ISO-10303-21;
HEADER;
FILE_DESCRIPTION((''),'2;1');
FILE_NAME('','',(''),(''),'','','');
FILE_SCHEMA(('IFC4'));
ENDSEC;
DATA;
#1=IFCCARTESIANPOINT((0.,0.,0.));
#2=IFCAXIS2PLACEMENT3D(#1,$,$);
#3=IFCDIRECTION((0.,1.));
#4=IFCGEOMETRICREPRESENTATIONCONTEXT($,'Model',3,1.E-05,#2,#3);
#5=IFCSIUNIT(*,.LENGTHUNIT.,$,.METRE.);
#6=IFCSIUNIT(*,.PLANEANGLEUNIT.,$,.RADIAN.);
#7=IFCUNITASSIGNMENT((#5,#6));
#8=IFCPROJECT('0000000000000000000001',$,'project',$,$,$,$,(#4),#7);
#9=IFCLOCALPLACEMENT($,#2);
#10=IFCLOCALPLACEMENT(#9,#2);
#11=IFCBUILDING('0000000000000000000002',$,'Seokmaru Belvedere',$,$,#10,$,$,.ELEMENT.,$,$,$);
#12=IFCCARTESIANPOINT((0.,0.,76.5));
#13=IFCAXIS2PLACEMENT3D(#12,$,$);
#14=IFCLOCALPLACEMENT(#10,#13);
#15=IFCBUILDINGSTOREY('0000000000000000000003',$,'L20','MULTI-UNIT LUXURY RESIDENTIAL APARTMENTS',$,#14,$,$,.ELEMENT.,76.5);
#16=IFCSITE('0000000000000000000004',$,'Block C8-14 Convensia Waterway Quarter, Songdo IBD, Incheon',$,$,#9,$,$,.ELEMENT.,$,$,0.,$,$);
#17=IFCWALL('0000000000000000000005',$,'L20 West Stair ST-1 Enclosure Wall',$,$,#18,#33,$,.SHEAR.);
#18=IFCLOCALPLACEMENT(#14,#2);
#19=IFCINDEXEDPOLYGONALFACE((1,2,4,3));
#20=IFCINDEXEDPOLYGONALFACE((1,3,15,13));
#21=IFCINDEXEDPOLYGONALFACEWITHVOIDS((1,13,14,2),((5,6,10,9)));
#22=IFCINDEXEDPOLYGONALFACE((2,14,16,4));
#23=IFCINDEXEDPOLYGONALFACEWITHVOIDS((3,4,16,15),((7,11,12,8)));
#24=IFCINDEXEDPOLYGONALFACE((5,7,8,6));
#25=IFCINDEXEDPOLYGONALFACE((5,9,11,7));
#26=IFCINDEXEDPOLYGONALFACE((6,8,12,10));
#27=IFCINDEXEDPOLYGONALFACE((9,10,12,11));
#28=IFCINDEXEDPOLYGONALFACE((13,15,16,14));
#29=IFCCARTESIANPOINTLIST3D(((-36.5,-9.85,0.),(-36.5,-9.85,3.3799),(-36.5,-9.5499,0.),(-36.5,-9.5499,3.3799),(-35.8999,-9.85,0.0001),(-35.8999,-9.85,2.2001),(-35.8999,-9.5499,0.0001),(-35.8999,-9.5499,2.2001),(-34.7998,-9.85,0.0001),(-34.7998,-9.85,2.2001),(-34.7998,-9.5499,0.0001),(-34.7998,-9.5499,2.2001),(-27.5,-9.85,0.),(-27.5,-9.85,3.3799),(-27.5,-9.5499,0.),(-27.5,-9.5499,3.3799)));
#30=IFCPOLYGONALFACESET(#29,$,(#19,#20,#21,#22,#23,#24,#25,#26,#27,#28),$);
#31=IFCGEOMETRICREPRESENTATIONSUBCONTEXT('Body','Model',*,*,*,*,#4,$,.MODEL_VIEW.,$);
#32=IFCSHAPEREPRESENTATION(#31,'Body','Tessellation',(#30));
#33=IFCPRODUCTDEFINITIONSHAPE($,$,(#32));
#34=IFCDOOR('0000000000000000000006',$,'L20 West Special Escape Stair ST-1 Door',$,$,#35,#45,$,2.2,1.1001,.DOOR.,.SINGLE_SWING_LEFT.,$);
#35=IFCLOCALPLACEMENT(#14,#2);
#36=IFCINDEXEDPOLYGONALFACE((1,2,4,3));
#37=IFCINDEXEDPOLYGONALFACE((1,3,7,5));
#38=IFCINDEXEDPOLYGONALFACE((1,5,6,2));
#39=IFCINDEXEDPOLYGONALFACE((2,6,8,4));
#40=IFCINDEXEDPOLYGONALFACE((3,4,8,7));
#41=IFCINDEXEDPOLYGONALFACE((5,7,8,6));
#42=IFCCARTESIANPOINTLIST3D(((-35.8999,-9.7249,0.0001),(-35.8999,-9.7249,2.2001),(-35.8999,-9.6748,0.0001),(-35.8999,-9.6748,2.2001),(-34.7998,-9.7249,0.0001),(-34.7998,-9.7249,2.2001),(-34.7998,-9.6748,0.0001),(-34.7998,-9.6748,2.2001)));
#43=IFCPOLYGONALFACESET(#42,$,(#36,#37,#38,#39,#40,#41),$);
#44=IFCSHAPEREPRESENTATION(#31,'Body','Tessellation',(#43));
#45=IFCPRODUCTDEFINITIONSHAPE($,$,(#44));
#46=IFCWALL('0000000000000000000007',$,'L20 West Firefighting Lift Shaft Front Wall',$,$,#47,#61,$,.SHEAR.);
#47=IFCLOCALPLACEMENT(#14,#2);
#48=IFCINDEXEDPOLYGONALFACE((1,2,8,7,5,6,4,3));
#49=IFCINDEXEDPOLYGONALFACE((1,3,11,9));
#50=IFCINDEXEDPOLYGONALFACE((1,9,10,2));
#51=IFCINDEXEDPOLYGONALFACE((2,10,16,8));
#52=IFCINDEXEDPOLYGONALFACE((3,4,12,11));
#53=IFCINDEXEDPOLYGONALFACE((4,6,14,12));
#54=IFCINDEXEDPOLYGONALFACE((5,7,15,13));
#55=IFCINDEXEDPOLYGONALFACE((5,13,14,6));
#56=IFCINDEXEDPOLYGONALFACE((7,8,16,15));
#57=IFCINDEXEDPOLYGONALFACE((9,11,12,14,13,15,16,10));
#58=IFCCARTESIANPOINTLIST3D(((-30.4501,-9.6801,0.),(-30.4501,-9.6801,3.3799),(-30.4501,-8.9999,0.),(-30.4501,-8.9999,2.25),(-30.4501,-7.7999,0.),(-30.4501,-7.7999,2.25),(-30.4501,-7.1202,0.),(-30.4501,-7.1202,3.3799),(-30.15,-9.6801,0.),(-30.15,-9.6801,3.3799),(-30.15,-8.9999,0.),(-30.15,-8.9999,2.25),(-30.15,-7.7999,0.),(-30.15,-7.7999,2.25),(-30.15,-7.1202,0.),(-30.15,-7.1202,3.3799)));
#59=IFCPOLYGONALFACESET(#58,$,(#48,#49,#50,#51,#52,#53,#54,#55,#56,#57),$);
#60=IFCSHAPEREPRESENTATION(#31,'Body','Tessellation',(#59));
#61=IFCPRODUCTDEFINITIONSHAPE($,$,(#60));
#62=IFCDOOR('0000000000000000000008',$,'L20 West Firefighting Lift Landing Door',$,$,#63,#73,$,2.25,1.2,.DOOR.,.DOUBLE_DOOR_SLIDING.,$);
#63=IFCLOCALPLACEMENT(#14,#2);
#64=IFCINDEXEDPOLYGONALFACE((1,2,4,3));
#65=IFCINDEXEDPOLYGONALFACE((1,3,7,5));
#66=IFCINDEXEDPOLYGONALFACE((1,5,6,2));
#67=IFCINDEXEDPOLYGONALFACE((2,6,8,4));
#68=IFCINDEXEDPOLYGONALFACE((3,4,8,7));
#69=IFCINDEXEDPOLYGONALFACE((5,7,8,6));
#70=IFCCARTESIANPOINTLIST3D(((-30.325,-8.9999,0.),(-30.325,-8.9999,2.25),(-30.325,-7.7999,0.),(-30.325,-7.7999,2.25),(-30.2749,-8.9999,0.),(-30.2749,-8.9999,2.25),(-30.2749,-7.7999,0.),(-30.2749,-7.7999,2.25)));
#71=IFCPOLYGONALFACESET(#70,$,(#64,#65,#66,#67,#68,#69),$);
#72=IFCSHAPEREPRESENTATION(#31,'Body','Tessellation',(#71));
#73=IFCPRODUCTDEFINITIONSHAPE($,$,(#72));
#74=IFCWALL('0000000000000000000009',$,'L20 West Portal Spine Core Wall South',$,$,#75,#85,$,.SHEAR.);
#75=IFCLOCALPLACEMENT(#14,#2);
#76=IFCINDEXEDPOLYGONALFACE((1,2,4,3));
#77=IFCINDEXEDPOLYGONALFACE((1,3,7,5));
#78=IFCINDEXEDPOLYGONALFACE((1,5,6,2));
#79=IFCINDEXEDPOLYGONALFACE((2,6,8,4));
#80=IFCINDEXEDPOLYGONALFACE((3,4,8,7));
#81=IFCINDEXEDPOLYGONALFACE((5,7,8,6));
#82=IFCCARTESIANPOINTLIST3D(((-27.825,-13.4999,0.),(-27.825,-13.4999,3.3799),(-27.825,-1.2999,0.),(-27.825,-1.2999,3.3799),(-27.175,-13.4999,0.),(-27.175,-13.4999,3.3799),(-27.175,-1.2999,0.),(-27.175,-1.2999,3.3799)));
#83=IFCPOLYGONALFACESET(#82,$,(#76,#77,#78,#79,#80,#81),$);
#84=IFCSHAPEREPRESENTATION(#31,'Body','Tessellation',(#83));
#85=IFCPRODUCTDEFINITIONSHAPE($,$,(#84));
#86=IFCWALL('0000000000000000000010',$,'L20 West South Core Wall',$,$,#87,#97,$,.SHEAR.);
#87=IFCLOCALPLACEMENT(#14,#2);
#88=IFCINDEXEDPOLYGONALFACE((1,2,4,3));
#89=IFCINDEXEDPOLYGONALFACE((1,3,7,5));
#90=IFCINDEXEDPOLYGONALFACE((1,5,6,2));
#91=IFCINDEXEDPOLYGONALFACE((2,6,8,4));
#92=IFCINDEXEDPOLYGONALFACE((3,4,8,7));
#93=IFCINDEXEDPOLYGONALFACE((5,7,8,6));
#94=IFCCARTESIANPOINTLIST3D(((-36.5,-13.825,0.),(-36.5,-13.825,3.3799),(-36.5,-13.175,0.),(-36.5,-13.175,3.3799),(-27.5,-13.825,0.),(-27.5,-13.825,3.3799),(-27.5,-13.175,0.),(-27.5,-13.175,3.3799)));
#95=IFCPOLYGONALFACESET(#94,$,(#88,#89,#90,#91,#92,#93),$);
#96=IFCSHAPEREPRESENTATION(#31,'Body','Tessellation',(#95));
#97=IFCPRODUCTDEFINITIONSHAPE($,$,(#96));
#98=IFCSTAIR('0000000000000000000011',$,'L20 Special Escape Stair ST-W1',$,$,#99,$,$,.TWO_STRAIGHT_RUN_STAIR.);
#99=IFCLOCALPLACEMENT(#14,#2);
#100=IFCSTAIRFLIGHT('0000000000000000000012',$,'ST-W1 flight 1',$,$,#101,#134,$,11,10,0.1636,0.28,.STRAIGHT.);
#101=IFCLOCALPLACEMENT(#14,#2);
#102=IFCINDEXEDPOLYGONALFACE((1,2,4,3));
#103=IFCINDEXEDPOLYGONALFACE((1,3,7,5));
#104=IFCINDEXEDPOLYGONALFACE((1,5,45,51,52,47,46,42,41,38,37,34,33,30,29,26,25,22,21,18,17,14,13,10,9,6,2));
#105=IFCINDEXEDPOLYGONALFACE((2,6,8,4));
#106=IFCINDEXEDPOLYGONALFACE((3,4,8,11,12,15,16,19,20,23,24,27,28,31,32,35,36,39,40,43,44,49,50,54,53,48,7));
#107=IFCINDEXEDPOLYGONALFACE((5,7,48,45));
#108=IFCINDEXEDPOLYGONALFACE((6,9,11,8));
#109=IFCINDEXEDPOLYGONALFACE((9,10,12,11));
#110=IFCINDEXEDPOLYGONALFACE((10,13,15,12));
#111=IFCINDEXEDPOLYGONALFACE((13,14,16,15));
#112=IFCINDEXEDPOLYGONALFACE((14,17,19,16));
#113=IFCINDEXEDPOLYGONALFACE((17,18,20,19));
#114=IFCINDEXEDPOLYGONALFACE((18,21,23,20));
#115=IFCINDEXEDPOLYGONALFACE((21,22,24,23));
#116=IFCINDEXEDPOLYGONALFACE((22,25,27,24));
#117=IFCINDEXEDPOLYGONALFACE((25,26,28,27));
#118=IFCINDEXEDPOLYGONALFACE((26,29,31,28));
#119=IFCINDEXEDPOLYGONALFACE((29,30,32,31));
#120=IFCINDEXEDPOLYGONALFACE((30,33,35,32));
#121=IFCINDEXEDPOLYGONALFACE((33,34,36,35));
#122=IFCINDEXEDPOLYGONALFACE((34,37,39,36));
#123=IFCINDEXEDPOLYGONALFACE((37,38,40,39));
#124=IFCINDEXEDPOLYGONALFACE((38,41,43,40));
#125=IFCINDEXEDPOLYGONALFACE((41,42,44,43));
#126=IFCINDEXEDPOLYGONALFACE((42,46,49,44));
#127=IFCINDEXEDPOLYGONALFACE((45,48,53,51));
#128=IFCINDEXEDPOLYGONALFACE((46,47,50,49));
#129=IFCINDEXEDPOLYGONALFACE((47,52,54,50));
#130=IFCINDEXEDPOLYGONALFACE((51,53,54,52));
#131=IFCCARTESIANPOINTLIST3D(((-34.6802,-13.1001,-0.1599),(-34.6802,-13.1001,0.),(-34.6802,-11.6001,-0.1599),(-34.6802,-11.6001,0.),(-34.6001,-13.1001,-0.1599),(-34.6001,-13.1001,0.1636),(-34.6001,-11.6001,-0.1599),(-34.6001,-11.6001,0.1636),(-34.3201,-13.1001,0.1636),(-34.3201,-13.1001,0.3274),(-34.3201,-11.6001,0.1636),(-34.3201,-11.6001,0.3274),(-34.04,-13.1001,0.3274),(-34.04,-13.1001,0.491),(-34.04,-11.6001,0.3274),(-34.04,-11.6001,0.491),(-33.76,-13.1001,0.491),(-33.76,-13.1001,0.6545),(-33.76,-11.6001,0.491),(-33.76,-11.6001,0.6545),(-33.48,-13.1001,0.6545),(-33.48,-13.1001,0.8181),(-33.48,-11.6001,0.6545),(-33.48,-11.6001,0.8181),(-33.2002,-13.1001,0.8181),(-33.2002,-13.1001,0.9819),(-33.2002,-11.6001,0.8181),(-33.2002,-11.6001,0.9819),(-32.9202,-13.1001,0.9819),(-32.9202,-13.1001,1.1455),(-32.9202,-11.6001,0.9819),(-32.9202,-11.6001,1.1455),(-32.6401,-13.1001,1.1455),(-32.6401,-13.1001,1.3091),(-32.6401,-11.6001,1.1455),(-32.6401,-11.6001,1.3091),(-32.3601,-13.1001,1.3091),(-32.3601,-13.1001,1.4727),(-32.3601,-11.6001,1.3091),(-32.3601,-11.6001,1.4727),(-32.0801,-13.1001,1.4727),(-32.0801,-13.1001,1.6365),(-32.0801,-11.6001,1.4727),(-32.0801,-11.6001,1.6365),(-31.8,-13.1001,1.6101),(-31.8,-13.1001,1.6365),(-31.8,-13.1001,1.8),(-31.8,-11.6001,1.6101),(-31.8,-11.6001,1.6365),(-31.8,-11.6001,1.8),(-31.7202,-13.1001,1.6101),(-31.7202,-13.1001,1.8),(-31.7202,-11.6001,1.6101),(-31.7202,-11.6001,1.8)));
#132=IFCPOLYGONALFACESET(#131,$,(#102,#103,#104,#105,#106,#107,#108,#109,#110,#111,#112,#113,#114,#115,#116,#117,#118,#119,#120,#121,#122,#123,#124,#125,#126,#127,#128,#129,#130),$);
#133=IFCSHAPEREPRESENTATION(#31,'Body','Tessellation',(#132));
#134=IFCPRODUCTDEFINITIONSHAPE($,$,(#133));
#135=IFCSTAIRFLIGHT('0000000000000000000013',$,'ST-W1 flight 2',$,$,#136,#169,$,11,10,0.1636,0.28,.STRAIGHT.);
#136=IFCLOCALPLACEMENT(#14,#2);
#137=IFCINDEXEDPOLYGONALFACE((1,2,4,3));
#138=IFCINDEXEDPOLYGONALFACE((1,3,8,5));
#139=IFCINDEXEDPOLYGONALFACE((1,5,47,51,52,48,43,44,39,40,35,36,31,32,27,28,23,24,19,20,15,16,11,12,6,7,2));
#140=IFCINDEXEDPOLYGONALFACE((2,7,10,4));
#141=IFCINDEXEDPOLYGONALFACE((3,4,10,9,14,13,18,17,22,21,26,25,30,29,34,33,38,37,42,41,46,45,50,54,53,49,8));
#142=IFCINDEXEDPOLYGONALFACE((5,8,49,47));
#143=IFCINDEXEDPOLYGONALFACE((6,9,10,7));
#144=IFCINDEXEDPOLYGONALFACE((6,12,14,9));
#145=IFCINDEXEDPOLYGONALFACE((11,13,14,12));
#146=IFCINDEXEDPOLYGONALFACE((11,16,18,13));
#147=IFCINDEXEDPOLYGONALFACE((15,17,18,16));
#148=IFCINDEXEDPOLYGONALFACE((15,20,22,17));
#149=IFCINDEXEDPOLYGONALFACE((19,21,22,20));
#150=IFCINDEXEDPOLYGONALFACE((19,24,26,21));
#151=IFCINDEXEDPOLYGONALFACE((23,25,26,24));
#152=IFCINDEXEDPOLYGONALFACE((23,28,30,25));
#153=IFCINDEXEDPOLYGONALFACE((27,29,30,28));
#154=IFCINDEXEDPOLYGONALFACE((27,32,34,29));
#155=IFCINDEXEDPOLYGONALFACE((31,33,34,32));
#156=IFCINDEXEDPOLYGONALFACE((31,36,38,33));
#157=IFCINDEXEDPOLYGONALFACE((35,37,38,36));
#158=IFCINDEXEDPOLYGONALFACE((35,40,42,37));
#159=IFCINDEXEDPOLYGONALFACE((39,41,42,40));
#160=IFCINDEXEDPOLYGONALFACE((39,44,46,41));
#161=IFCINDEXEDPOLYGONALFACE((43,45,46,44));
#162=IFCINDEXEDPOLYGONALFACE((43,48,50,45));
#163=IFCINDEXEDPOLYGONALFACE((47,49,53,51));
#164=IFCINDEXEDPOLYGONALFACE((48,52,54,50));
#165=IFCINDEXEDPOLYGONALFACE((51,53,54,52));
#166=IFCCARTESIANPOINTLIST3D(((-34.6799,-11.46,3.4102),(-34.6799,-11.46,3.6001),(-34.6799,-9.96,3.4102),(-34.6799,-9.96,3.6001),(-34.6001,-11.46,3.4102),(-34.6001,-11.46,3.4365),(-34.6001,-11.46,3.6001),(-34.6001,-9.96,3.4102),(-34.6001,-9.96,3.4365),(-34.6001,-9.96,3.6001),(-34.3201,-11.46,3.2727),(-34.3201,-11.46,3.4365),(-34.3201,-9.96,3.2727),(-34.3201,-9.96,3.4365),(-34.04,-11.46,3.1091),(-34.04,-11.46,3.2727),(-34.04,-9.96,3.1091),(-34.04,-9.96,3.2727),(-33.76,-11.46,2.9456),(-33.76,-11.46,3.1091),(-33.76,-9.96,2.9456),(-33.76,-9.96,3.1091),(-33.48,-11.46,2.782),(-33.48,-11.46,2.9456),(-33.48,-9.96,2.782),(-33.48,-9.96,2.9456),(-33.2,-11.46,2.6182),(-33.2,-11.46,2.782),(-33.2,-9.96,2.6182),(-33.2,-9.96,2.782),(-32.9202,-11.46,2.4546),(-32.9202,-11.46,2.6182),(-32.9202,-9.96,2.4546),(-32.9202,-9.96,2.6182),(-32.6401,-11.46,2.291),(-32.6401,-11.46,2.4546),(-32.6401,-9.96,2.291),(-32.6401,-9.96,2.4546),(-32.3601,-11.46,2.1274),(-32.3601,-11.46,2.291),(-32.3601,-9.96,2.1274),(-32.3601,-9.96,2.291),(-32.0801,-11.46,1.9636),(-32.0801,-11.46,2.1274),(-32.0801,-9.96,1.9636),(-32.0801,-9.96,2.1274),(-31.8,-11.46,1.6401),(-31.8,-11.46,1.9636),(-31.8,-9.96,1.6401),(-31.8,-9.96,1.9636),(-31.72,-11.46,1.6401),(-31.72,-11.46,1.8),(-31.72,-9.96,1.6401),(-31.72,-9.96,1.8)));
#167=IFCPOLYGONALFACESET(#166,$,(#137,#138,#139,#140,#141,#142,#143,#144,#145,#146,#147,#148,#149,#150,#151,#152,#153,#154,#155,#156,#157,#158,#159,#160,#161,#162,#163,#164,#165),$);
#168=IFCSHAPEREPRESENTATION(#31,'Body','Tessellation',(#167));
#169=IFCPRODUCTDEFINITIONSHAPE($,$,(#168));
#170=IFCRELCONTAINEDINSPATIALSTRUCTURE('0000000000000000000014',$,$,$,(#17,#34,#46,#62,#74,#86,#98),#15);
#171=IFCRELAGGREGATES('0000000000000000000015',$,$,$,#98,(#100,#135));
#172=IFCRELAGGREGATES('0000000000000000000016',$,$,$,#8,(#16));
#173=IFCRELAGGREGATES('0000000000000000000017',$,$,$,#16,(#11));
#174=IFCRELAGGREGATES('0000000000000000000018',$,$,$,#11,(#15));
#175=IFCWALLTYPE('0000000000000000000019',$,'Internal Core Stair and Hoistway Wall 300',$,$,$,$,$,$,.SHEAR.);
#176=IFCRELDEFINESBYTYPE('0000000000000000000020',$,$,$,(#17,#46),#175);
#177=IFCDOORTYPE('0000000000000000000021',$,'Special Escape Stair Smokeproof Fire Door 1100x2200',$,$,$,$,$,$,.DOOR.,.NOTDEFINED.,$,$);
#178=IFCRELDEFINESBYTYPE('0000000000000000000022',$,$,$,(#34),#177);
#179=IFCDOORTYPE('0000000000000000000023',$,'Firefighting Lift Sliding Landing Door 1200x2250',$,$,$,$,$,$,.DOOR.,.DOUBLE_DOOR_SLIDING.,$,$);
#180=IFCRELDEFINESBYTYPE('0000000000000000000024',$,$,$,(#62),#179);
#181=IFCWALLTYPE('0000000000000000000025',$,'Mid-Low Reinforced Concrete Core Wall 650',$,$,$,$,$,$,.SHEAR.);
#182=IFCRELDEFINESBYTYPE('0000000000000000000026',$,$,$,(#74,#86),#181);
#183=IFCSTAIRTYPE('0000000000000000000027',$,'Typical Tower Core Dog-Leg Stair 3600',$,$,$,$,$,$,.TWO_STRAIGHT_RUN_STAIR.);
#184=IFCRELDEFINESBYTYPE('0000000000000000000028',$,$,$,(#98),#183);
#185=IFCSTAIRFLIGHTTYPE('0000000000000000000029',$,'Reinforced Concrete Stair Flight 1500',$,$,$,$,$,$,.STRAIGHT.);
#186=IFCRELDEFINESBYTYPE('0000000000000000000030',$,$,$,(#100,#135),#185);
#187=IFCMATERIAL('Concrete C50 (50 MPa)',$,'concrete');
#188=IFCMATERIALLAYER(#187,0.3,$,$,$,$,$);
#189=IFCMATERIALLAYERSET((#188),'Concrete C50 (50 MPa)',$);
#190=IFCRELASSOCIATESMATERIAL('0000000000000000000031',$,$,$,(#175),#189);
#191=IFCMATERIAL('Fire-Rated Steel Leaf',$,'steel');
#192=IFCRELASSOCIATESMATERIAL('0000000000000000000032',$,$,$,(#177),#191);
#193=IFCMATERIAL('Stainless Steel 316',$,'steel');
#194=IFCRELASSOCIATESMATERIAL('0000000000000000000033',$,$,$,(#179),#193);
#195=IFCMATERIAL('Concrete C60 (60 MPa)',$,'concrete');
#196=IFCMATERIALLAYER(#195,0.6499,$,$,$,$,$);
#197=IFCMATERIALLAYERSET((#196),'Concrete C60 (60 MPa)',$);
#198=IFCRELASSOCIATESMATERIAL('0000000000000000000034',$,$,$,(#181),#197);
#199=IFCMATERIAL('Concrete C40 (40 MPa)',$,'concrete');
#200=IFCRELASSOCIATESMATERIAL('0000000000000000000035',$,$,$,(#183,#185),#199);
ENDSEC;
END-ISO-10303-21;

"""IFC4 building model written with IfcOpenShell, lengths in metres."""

from ifc_helpers import new_model, si_unit, direction, frame, frame_2d, origin, place, context, subcontext, project, spatial, polyline, rectangle, outline, extrude, source, transform, mapped, material, layer, layer_set, type_object, type_shapes, element, fill, aggregate, save


model = new_model("IFC4")

# Units and contexts
model_context = context("Model", 3, precision=1e-05, world=origin(), true_north=direction((0.0, 1.0)))
body_context = subcontext(model_context, "Body", "Model", "MODEL_VIEW")
ifc_project = project(units=[si_unit("LENGTHUNIT", "METRE"), si_unit("PLANEANGLEUNIT", "RADIAN")], contexts=[model_context])

# Site, building, storey
site_placement = place(None, origin())
site = spatial("IfcSite", under=ifc_project, at=site_placement, Name="Block C8-14 Convensia Waterway Quarter, Songdo IBD, Incheon", CompositionType="ELEMENT", RefElevation=0.0)
building_placement = place(site_placement, origin())
building = spatial("IfcBuilding", under=site, at=building_placement, Name="Seokmaru Belvedere", CompositionType="ELEMENT")
storey_placement = place(building_placement, frame((0.0, 0.0, 76.5)))
storey = spatial("IfcBuildingStorey", under=building, at=storey_placement, Name="L20", Description="MULTI-UNIT LUXURY RESIDENTIAL APARTMENTS", CompositionType="ELEMENT", Elevation=76.5)

# Shared definitions
ifc_material_1 = material(Name="Concrete C50 (50 MPa)", Category="concrete")

# Walls, openings, doors
ifc_layer_1 = layer(ifc_material_1, 0.3)
ifc_layer_set_1 = layer_set([ifc_layer_1], Name="Concrete C50 (50 MPa)")
wall_type_1 = type_object("IfcWallType", Name="Internal Core Stair and Hoistway Wall 300", PredefinedType="SHEAR", material=ifc_layer_set_1)
wall_1_placement = place(storey_placement, frame((-36.5, -9.7, 0.0), z_axis=(0.0, 0.0, 1.0), x_axis=(1.0, 0.0, 0.0)))
wall_1 = element("IfcWall", 1, at=wall_1_placement, inside=storey, type_object=wall_type_1, Name="L20 West Stair ST-1 Enclosure Wall", PredefinedType="SHEAR", context=body_context, shape_type="SweptSolid", body=[
    extrude(rectangle(XDim=9.0, YDim=0.3, at=frame_2d((4.5, 0.0))), origin(), (0.0, 0.0, 1.0), 3.3799),
])
opening_1_placement = place(wall_1_placement, frame((0.6001, 0.0, 0.0)))
opening_1 = element("IfcOpeningElement", 2, at=opening_1_placement, cuts=wall_1, PredefinedType="OPENING", context=body_context, shape_type="SweptSolid", body=[
    extrude(rectangle(XDim=1.1001, YDim=2.2, at=frame_2d((0.55, 1.1001))), frame((0.0, 0.1602, 0.0), z_axis=(0.0, -1.0, 0.0), x_axis=(1.0, 0.0, 0.0)), (0.0, 0.0, 1.0), 0.3201),
])
ifc_material_2 = material(Name="Fire-Rated Steel Leaf", Category="steel")
door_type_1 = type_object("IfcDoorType", Name="Special Escape Stair Smokeproof Fire Door 1100x2200", OperationType="NOTDEFINED", PredefinedType="DOOR", material=ifc_material_2)
shared_shape_1 = source(origin(), body_context, "Body", "SweptSolid", [
    extrude(rectangle(XDim=1.1001, YDim=2.2, at=frame_2d((0.55, 1.1001))), frame((0.0, 0.0249, 0.0), z_axis=(0.0, -1.0, 0.0), x_axis=(1.0, 0.0, 0.0)), (0.0, 0.0, 1.0), 0.05),
])
type_shapes(door_type_1, [shared_shape_1])
door_1_placement = place(opening_1_placement, frame((1.1001, 0.0, 0.0), z_axis=(0.0, 0.0, 1.0), x_axis=(-1.0, 0.0, 0.0)))
door_1 = element("IfcDoor", 3, at=door_1_placement, inside=storey, type_object=door_type_1, Name="L20 West Special Escape Stair ST-1 Door", OperationType="SINGLE_SWING_LEFT", OverallHeight=2.2, OverallWidth=1.1001, PredefinedType="DOOR", context=body_context, shape_type="MappedRepresentation", body=[
    mapped(shared_shape_1, transform((0.0, 0.0, 0.0), scale=1.0)),
])
fill(opening_1, door_1)
wall_2_placement = place(storey_placement, frame((-30.3, -9.6799, 0.0), z_axis=(0.0, 0.0, 1.0), x_axis=(0.0, 1.0, 0.0)))
wall_2 = element("IfcWall", 4, at=wall_2_placement, inside=storey, type_object=wall_type_1, Name="L20 West Firefighting Lift Shaft Front Wall", PredefinedType="SHEAR", context=body_context, shape_type="SweptSolid", body=[
    extrude(rectangle(XDim=2.5598, YDim=0.3, at=frame_2d((1.2798, 0.0))), origin(), (0.0, 0.0, 1.0), 3.3799),
])
opening_2_placement = place(wall_2_placement, frame((0.6799, 0.0, 0.0)))
opening_2 = element("IfcOpeningElement", 5, at=opening_2_placement, cuts=wall_2, PredefinedType="OPENING", context=body_context, shape_type="SweptSolid", body=[
    extrude(rectangle(XDim=1.2, YDim=2.25, at=frame_2d((0.6001, 1.125))), frame((0.0, 0.1602, 0.0), z_axis=(0.0, -1.0, 0.0), x_axis=(1.0, 0.0, 0.0)), (0.0, 0.0, 1.0), 0.3201),
])
ifc_material_3 = material(Name="Stainless Steel 316", Category="steel")
door_type_2 = type_object("IfcDoorType", Name="Firefighting Lift Sliding Landing Door 1200x2250", OperationType="DOUBLE_DOOR_SLIDING", PredefinedType="DOOR", material=ifc_material_3)
shared_shape_2 = source(origin(), body_context, "Body", "SweptSolid", [
    extrude(rectangle(XDim=1.2, YDim=2.25, at=frame_2d((0.6001, 1.125))), frame((0.0, 0.0249, 0.0), z_axis=(0.0, -1.0, 0.0), x_axis=(1.0, 0.0, 0.0)), (0.0, 0.0, 1.0), 0.05),
])
type_shapes(door_type_2, [shared_shape_2])
door_2_placement = place(opening_2_placement, origin())
door_2 = element("IfcDoor", 6, at=door_2_placement, inside=storey, type_object=door_type_2, Name="L20 West Firefighting Lift Landing Door", OperationType="DOUBLE_DOOR_SLIDING", OverallHeight=2.25, OverallWidth=1.2, PredefinedType="DOOR", context=body_context, shape_type="MappedRepresentation", body=[
    mapped(shared_shape_2, transform((0.0, 0.0, 0.0), scale=1.0)),
])
fill(opening_2, door_2)

# Walls
ifc_material_4 = material(Name="Concrete C60 (60 MPa)", Category="concrete")
ifc_layer_2 = layer(ifc_material_4, 0.6499)
ifc_layer_set_2 = layer_set([ifc_layer_2], Name="Concrete C60 (60 MPa)")
wall_type_2 = type_object("IfcWallType", Name="Mid-Low Reinforced Concrete Core Wall 650", PredefinedType="SHEAR", material=ifc_layer_set_2)
wall_3_placement = place(storey_placement, frame((-27.5, -13.5, 0.0), z_axis=(0.0, 0.0, 1.0), x_axis=(0.0, 1.0, 0.0)))
element("IfcWall", 7, at=wall_3_placement, inside=storey, type_object=wall_type_2, Name="L20 West Portal Spine Core Wall South", PredefinedType="SHEAR", context=body_context, shape_type="SweptSolid", body=[
    extrude(rectangle(XDim=12.2, YDim=0.6499, at=frame_2d((6.1001, 0.0))), origin(), (0.0, 0.0, 1.0), 3.3799),
])
wall_4_placement = place(storey_placement, frame((-36.5, -13.5, 0.0), z_axis=(0.0, 0.0, 1.0), x_axis=(1.0, 0.0, 0.0)))
element("IfcWall", 8, at=wall_4_placement, inside=storey, type_object=wall_type_2, Name="L20 West South Core Wall", PredefinedType="SHEAR", context=body_context, shape_type="SweptSolid", body=[
    extrude(rectangle(XDim=9.0, YDim=0.6499, at=frame_2d((4.5, 0.0))), origin(), (0.0, 0.0, 1.0), 3.3799),
])

# Stair, stair flights
ifc_material_5 = material(Name="Concrete C40 (40 MPa)", Category="concrete")
stair_type = type_object("IfcStairType", Name="Typical Tower Core Dog-Leg Stair 3600", PredefinedType="TWO_STRAIGHT_RUN_STAIR", material=ifc_material_5)
stair_placement = place(storey_placement, origin())
stair = element("IfcStair", 9, at=stair_placement, inside=storey, type_object=stair_type, Name="L20 Special Escape Stair ST-W1", PredefinedType="TWO_STRAIGHT_RUN_STAIR")
stair_flight_type = type_object("IfcStairFlightType", Name="Reinforced Concrete Stair Flight 1500", PredefinedType="STRAIGHT", material=ifc_material_5)
stair_flight_1_placement = place(storey_placement, frame((-34.6001, -12.3501, 0.0), z_axis=(0.0, 0.0, 1.0), x_axis=(1.0, 0.0, 0.0)))
stair_flight_1 = element("IfcStairFlight", 10, at=stair_flight_1_placement, type_object=stair_flight_type, Name="ST-W1 flight 1", NumberOfRisers=11, NumberOfTreads=10, PredefinedType="STRAIGHT", RiserHeight=0.1636, TreadLength=0.28, context=body_context, shape_type="SweptSolid", body=[
    extrude(outline(polyline([(-0.0801, 0.0), (0.0, 0.1636), (0.28, 0.1636), (0.28, 0.3274), (0.5601, 0.3274), (0.5601, 0.491), (0.8401, 0.491), (0.8401, 0.6545), (1.1201, 0.6545), (1.1201, 0.8181), (1.3999, 0.8181), (1.3999, 0.9819), (1.6799, 0.9819), (1.6799, 1.1455), (1.96, 1.1455), (1.96, 1.3091), (2.24, 1.3091), (2.24, 1.4727), (2.52, 1.4727), (2.52, 1.6365), (2.8, 1.6365), (2.8, 1.8), (2.8799, 1.8), (2.8799, 1.6101), (2.8, 1.6101), (0.0, -0.1599), (-0.0801, -0.1599), (-0.0801, 0.0)])), frame((0.0, 0.75, 0.0), z_axis=(0.0, -1.0, 0.0), x_axis=(1.0, 0.0, 0.0)), (0.0, 0.0, 1.0), 1.5),
])
stair_flight_2_placement = place(storey_placement, frame((-31.8, -10.71, 1.8), z_axis=(0.0, 0.0, 1.0), x_axis=(-1.0, 0.0, 0.0)))
stair_flight_2 = element("IfcStairFlight", 11, at=stair_flight_2_placement, type_object=stair_flight_type, Name="ST-W1 flight 2", NumberOfRisers=11, NumberOfTreads=10, PredefinedType="STRAIGHT", RiserHeight=0.1636, TreadLength=0.28, context=body_context, shape_type="SweptSolid", body=[
    extrude(outline(polyline([(-0.0801, 0.0), (0.0, 0.1636), (0.28, 0.1636), (0.28, 0.3274), (0.5601, 0.3274), (0.5601, 0.491), (0.8401, 0.491), (0.8401, 0.6545), (1.1201, 0.6545), (1.1201, 0.8181), (1.3999, 0.8181), (1.3999, 0.9819), (1.6799, 0.9819), (1.6799, 1.1455), (1.96, 1.1455), (1.96, 1.3091), (2.24, 1.3091), (2.24, 1.4727), (2.52, 1.4727), (2.52, 1.6365), (2.8, 1.6365), (2.8, 1.8), (2.8799, 1.8), (2.8799, 1.6101), (2.8, 1.6101), (0.0, -0.1599), (-0.0801, -0.1599), (-0.0801, 0.0)])), frame((0.0, 0.75, 0.0), z_axis=(0.0, -1.0, 0.0), x_axis=(1.0, 0.0, 0.0)), (0.0, 0.0, 1.0), 1.5),
])
aggregate(stair, [stair_flight_1, stair_flight_2])

save(model, "model.ifc")
